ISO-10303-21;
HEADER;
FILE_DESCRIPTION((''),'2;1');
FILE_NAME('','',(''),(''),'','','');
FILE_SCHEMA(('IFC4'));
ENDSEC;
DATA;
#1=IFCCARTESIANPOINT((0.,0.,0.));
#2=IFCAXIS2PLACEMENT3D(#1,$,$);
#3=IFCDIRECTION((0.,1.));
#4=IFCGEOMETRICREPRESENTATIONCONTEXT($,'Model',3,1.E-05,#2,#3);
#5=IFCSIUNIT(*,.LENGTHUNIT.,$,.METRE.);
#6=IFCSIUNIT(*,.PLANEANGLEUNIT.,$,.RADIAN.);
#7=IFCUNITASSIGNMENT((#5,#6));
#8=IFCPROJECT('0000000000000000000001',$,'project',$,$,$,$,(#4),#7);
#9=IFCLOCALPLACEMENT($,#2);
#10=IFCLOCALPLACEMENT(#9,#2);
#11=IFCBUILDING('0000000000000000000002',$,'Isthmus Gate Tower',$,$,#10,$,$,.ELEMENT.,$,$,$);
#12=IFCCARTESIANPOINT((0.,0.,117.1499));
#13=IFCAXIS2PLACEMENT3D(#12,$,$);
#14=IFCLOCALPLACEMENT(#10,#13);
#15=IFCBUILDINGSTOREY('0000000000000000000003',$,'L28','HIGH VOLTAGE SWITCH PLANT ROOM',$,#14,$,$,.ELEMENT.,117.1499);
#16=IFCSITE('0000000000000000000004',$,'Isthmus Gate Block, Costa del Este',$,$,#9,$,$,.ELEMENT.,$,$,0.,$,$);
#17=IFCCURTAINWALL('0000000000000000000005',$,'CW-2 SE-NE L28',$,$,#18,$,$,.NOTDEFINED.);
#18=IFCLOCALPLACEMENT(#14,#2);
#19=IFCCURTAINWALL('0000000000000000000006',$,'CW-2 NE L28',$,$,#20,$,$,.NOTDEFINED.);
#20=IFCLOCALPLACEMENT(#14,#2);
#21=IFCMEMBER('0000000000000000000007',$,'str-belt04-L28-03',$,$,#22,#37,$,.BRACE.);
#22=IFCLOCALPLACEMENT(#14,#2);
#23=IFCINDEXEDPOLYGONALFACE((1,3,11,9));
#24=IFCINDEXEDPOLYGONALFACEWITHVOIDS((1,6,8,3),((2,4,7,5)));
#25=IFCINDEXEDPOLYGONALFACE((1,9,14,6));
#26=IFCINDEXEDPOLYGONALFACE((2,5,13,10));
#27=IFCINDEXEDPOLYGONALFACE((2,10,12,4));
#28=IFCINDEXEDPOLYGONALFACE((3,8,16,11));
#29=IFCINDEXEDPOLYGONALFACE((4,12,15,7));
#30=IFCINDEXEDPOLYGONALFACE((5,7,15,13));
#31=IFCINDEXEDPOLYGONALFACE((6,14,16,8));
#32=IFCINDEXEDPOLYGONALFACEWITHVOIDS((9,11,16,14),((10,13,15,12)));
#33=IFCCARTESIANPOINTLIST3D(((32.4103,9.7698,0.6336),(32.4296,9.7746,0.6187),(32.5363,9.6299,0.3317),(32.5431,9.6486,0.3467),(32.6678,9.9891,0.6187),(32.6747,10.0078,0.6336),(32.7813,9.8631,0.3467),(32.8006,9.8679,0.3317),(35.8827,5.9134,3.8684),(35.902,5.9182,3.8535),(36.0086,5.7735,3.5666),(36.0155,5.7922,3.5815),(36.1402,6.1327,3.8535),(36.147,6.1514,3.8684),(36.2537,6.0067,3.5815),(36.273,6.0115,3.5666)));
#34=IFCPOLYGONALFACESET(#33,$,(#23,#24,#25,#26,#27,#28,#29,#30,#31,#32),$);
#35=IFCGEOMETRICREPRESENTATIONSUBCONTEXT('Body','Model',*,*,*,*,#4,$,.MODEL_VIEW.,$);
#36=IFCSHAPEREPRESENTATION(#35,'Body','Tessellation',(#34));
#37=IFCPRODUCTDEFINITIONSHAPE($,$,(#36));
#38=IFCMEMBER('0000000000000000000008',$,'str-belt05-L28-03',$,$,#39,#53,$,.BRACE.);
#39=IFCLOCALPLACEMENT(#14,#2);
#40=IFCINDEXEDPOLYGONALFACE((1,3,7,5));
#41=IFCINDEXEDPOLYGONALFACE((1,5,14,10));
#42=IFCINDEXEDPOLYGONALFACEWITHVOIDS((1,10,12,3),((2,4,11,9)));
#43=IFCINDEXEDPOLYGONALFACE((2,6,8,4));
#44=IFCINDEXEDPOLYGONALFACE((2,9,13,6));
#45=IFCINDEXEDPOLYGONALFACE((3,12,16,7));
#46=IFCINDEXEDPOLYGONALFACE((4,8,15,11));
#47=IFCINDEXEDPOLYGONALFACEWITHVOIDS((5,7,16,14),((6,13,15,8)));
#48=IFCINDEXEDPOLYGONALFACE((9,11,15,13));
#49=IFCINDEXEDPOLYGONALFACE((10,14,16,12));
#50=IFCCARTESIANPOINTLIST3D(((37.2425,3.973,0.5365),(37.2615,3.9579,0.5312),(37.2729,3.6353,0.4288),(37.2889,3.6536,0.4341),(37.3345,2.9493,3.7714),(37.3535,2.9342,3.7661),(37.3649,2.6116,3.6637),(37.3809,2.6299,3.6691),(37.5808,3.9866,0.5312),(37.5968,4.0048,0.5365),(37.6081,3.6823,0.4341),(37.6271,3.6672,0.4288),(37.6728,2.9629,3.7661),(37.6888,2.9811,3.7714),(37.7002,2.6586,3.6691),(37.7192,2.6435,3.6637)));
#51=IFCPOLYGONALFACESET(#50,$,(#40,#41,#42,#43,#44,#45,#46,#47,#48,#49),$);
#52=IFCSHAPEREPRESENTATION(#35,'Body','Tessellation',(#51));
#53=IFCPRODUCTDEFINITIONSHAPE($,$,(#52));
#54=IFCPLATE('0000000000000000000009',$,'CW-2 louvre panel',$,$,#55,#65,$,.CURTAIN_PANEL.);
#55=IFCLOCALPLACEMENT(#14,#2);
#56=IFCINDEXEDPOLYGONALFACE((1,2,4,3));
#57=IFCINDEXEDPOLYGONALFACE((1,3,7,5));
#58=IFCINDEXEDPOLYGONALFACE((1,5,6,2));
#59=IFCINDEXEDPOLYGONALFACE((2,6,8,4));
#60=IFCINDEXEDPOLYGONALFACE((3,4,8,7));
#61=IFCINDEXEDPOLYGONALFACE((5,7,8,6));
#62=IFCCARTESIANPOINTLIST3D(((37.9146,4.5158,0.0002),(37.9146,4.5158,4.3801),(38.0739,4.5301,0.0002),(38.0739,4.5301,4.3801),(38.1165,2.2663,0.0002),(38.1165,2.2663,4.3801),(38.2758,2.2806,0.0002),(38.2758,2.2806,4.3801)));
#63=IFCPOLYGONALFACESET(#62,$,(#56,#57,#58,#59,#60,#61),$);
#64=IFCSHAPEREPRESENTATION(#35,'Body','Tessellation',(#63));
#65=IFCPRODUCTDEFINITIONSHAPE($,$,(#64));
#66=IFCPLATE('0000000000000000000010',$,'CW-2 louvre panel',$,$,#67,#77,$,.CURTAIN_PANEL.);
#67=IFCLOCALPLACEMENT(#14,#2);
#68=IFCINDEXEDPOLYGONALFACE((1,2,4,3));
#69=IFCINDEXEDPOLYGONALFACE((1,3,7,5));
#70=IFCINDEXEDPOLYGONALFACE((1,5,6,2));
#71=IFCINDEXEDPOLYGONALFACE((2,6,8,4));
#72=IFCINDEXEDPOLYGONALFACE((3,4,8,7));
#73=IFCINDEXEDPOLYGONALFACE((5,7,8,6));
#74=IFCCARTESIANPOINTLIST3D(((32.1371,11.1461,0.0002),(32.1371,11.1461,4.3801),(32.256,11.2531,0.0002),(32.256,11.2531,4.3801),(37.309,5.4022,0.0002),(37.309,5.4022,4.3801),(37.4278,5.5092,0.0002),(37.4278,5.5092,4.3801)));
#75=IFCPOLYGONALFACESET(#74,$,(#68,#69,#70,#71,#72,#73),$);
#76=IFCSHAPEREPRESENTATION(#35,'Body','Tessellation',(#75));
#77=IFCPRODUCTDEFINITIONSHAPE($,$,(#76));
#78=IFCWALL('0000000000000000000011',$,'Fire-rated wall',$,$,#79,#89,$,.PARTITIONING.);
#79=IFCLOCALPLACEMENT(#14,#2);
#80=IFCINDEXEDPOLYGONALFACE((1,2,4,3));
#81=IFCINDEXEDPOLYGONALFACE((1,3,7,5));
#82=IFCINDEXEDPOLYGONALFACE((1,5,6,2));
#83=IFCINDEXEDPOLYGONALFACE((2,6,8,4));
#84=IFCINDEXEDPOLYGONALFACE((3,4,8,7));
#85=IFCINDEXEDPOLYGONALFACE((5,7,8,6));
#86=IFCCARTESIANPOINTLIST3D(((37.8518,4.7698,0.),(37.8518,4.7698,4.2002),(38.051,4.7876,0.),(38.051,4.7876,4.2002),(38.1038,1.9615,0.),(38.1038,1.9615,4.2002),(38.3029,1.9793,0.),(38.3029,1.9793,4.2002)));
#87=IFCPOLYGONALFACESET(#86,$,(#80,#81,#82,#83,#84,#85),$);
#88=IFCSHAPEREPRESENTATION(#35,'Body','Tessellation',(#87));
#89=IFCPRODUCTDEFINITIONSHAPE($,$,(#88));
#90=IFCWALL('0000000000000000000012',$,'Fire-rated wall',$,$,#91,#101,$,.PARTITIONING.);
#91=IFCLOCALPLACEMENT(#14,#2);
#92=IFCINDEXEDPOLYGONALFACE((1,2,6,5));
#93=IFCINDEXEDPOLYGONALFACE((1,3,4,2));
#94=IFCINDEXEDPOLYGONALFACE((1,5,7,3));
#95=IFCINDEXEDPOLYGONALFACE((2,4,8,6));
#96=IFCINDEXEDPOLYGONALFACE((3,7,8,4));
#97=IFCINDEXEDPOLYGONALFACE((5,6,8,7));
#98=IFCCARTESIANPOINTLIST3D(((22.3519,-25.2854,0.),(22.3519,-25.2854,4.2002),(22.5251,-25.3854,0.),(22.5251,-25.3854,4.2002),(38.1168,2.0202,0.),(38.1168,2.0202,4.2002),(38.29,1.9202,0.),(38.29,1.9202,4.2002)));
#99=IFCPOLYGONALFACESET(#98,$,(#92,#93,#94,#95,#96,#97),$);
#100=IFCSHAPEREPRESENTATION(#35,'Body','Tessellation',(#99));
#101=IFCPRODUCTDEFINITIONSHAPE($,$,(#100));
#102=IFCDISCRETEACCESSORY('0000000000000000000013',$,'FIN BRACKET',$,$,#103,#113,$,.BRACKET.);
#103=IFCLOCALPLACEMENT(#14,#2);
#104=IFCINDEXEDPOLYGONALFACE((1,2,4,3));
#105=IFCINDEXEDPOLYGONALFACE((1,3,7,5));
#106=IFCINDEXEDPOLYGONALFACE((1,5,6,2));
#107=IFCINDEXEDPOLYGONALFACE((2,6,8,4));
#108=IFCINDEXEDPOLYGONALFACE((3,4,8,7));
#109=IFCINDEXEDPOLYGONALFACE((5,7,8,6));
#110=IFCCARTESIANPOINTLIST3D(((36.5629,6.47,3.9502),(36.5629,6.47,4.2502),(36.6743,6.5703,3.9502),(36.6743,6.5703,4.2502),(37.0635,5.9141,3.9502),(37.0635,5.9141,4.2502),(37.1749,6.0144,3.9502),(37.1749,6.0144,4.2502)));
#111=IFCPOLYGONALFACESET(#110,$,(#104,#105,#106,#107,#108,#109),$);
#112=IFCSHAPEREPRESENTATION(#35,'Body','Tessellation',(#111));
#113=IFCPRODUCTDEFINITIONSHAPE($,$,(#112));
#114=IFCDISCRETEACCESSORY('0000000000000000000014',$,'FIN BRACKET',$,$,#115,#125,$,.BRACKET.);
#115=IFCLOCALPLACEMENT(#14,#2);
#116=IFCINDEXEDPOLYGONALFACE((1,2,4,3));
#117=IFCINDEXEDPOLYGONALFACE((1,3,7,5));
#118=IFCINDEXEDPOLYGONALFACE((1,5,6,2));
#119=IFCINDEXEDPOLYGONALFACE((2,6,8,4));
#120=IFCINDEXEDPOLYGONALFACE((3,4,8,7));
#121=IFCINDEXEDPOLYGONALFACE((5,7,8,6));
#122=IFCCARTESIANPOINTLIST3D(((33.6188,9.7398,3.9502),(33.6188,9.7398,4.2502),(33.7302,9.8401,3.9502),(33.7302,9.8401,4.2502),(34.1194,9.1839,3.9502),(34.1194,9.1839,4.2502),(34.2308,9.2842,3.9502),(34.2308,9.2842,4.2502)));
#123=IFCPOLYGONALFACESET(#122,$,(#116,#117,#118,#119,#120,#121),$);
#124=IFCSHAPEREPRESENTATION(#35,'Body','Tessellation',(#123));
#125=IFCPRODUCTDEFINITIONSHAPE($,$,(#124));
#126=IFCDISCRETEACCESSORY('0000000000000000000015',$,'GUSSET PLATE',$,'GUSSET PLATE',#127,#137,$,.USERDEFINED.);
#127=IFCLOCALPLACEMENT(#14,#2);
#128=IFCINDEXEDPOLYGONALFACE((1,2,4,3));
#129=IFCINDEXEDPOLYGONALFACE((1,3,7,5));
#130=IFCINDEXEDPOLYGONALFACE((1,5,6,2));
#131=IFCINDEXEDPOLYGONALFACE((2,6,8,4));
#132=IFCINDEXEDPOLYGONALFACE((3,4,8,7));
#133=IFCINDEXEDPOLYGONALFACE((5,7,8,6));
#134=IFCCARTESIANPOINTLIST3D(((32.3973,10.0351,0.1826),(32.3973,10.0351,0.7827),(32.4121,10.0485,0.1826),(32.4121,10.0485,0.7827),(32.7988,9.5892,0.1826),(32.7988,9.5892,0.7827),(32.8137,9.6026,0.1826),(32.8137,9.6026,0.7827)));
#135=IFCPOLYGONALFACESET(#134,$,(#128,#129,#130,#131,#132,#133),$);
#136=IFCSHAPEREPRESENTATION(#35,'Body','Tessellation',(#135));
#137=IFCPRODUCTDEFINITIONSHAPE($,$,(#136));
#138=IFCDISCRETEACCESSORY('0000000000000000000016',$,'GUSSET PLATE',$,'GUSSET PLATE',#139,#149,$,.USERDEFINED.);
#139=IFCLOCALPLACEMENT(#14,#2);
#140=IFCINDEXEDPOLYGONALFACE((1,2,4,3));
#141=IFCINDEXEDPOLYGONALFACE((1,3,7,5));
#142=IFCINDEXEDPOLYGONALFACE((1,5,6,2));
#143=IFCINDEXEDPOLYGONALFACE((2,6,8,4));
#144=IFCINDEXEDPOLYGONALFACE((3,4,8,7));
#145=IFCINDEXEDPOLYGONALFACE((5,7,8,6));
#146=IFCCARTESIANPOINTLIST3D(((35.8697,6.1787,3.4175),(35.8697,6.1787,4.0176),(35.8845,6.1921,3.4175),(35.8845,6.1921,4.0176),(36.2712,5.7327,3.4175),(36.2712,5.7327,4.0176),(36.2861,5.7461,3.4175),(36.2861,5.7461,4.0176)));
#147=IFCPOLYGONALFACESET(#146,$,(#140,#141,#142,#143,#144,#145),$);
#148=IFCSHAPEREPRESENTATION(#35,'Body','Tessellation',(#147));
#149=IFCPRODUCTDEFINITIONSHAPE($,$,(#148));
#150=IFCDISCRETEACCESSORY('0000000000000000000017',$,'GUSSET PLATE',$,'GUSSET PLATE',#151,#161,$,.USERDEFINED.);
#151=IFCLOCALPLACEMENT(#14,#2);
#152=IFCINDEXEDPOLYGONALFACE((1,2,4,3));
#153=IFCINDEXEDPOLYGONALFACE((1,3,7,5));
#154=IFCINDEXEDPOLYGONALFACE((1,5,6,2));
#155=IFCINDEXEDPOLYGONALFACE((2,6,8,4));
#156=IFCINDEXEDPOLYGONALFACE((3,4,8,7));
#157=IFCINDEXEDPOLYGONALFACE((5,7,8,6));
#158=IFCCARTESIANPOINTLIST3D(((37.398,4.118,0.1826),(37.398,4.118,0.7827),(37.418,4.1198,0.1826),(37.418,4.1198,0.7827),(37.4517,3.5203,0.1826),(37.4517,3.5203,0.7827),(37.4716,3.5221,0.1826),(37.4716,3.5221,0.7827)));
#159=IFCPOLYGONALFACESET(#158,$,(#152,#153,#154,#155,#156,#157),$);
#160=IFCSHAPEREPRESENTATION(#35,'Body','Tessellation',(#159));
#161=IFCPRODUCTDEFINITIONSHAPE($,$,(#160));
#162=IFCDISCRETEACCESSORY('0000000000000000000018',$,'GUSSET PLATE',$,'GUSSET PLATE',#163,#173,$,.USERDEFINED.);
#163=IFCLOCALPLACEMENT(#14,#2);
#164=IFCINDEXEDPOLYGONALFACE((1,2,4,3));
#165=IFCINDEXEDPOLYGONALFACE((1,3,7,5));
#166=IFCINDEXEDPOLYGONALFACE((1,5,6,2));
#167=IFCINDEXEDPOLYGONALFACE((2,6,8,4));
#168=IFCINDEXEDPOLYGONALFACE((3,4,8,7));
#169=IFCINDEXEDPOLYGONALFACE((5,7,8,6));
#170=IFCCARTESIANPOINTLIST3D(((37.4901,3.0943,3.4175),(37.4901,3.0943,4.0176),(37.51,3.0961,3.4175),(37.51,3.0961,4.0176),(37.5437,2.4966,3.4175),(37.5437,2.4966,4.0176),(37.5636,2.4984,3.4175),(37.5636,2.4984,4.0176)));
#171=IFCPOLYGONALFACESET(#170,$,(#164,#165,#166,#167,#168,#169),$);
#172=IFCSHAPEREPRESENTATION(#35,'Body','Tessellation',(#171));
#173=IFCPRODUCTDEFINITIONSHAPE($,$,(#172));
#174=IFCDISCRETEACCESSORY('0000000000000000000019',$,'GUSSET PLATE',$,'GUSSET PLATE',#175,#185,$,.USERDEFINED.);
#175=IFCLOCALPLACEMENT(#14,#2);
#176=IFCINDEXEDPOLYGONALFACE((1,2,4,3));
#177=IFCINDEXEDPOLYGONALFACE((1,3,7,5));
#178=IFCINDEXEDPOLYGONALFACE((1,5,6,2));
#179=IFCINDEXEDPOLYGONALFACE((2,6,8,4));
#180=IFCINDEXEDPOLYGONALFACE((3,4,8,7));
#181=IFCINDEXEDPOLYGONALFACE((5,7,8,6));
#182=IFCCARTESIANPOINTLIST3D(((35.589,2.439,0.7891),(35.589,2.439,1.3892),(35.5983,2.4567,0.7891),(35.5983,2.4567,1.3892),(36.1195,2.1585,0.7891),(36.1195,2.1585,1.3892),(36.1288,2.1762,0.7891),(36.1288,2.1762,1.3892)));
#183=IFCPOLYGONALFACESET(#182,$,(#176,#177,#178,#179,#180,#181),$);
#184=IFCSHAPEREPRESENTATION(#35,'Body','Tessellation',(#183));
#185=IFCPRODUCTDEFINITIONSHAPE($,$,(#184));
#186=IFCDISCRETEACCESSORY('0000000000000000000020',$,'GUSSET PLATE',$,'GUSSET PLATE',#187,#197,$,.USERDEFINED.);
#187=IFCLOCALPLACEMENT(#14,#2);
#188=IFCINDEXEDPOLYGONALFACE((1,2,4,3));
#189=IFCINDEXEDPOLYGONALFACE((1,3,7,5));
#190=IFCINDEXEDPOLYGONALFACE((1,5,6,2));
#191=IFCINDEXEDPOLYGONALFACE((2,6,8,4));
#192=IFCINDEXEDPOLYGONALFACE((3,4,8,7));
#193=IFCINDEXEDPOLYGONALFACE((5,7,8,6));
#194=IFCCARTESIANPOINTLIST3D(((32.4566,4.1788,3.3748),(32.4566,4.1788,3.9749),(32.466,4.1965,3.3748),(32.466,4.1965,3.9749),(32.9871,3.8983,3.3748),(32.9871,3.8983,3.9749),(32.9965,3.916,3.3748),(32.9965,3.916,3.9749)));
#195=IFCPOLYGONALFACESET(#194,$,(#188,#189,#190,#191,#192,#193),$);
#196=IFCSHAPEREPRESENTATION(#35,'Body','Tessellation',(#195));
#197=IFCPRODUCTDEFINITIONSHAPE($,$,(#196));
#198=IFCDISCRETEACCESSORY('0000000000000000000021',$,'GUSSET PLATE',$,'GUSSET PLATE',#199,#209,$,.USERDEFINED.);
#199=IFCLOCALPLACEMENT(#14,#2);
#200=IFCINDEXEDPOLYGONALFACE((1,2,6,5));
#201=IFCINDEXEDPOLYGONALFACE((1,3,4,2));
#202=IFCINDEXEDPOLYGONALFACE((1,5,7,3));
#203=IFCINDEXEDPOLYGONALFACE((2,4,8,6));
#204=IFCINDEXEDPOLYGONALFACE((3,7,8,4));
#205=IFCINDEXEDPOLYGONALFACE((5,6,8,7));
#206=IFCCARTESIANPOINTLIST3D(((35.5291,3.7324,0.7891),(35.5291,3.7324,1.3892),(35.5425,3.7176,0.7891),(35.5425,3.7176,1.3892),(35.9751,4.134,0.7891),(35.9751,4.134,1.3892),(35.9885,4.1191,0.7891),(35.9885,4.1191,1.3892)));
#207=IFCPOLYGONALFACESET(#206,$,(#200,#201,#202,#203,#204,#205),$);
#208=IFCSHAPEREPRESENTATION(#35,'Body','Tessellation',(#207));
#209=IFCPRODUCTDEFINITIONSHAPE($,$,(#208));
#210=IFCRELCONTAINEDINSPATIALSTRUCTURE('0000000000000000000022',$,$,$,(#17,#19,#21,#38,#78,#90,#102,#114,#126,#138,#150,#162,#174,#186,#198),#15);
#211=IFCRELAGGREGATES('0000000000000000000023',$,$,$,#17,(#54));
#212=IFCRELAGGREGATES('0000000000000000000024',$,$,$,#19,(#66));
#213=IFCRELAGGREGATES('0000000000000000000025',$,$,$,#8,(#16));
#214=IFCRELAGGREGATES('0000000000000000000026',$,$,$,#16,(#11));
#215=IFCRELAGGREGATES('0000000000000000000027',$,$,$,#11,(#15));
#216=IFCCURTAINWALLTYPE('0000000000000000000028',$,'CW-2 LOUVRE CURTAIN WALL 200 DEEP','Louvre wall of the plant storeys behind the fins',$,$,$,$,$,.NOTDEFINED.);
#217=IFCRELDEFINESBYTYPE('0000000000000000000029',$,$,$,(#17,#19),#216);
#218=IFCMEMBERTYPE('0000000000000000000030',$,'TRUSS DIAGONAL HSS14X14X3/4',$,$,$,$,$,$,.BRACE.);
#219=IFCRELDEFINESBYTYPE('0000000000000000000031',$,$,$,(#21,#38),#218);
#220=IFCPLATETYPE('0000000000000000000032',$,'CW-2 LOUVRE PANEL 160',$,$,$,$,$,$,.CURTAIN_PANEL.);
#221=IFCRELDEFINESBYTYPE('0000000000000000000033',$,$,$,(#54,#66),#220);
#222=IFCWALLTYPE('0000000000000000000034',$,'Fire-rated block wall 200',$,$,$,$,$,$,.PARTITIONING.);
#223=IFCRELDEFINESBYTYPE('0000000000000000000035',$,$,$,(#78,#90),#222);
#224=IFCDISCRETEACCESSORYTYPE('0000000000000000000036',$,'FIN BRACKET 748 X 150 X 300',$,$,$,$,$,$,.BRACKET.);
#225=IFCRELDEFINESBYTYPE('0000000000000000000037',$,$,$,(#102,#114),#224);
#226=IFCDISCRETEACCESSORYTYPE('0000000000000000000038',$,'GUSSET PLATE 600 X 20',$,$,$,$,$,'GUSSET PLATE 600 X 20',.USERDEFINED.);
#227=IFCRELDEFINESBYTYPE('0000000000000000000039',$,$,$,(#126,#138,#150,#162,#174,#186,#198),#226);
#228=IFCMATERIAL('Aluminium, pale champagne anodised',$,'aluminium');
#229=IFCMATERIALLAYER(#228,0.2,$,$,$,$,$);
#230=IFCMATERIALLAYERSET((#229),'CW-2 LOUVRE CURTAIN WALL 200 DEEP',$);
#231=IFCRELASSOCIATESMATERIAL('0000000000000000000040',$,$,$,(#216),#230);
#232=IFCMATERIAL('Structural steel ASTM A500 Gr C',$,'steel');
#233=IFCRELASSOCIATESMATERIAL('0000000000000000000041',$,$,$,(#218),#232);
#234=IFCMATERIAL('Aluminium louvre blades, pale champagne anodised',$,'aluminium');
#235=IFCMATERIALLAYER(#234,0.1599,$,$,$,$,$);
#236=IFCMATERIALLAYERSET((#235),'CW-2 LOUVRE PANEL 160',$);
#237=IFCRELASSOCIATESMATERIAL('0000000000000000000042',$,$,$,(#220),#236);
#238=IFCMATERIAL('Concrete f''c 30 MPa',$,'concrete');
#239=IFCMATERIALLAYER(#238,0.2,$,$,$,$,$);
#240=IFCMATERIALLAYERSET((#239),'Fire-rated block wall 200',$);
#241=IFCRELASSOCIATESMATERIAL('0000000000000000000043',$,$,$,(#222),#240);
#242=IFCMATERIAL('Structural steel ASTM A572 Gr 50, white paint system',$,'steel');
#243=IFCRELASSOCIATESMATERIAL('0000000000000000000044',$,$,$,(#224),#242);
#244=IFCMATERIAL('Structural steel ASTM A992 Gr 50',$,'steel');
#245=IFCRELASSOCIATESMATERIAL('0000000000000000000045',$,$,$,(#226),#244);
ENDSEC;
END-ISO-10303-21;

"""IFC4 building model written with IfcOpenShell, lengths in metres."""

from ifc_helpers import new_model, si_unit, direction, frame, frame_2d, origin, origin_2d, place, context, subcontext, project, spatial, rectangle, hollow_rectangle, extrude, material, layer, layer_set, material_profile, profile_set, type_object, element, aggregate, save


model = new_model("IFC4")

# Units and contexts
model_context = context("Model", 3, precision=1e-05, world=origin(), true_north=direction((0.0, 1.0)))
body_context = subcontext(model_context, "Body", "Model", "MODEL_VIEW")
ifc_project = project(units=[si_unit("LENGTHUNIT", "METRE"), si_unit("PLANEANGLEUNIT", "RADIAN")], contexts=[model_context])

# Site, building, storey
site_placement = place(None, origin())
site = spatial("IfcSite", under=ifc_project, at=site_placement, Name="Isthmus Gate Block, Costa del Este", CompositionType="ELEMENT", RefElevation=0.0)
building_placement = place(site_placement, origin())
building = spatial("IfcBuilding", under=site, at=building_placement, Name="Isthmus Gate Tower", CompositionType="ELEMENT")
storey_placement = place(building_placement, frame((0.0, 0.0, 117.1499)))
storey = spatial("IfcBuildingStorey", under=building, at=storey_placement, Name="L28", Description="HIGH VOLTAGE SWITCH PLANT ROOM", CompositionType="ELEMENT", Elevation=117.1499)

# Curtain walls
ifc_material_1 = material(Name="Aluminium, pale champagne anodised", Category="aluminium")
ifc_layer_1 = layer(ifc_material_1, 0.2)
ifc_layer_set_1 = layer_set([ifc_layer_1], Name="CW-2 LOUVRE CURTAIN WALL 200 DEEP")
curtain_wall_type = type_object("IfcCurtainWallType", Name="CW-2 LOUVRE CURTAIN WALL 200 DEEP", Description="Louvre wall of the plant storeys behind the fins", PredefinedType="NOTDEFINED", material=ifc_layer_set_1)
curtain_wall_1_placement = place(storey_placement, origin())
curtain_wall_1 = element("IfcCurtainWall", 1, at=curtain_wall_1_placement, inside=storey, type_object=curtain_wall_type, Name="CW-2 SE-NE L28", PredefinedType="NOTDEFINED")
curtain_wall_2_placement = place(storey_placement, origin())
curtain_wall_2 = element("IfcCurtainWall", 2, at=curtain_wall_2_placement, inside=storey, type_object=curtain_wall_type, Name="CW-2 NE L28", PredefinedType="NOTDEFINED")

# Members
ifc_material_2 = material(Name="Structural steel ASTM A500 Gr C", Category="steel")
ifc_material_profile_1 = material_profile(ifc_material_2, hollow_rectangle(XDim=0.3557, YDim=0.3557, WallThickness=0.0176, at=origin_2d()), Name="HSS14X14X3/4")
ifc_profile_set_1 = profile_set([ifc_material_profile_1], Name="Structural steel ASTM A500 Gr C")
member_type_1 = type_object("IfcMemberType", Name="TRUSS DIAGONAL HSS14X14X3/4", PredefinedType="BRACE", material=ifc_profile_set_1)
member_1_placement = place(storey_placement, frame((32.6055, 9.8188, 0.4827), z_axis=(0.567844, -0.630646, 0.528998), x_axis=(0.74314, 0.669136, 0.0)))
element("IfcMember", 3, at=member_1_placement, inside=storey, type_object=member_type_1, Name="str-belt04-L28-03", PredefinedType="BRACE", context=body_context, shape_type="SweptSolid", body=[
    extrude(hollow_rectangle(XDim=0.3557, YDim=0.3557, WallThickness=0.0176, at=origin_2d()), origin(), (0.0, 0.0, 1.0), 6.115),
])
member_2_placement = place(storey_placement, frame((37.4348, 3.8201, 0.4827), z_axis=(0.027117, -0.301595, 0.95305), x_axis=(0.995982, 0.089551, 0.0)))
element("IfcMember", 4, at=member_2_placement, inside=storey, type_object=member_type_1, Name="str-belt05-L28-03", PredefinedType="BRACE", context=body_context, shape_type="SweptSolid", body=[
    extrude(hollow_rectangle(XDim=0.3557, YDim=0.3557, WallThickness=0.0176, at=origin_2d()), origin(), (0.0, 0.0, 1.0), 3.3943),
])

# Plates
ifc_material_3 = material(Name="Aluminium louvre blades, pale champagne anodised", Category="aluminium")
ifc_layer_2 = layer(ifc_material_3, 0.1599)
ifc_layer_set_2 = layer_set([ifc_layer_2], Name="CW-2 LOUVRE PANEL 160")
plate_type = type_object("IfcPlateType", Name="CW-2 LOUVRE PANEL 160", PredefinedType="CURTAIN_PANEL", material=ifc_layer_set_2)
plate_1_placement = place(storey_placement, frame((38.0952, 3.3982, 0.0002), z_axis=(0.0, 0.0, 1.0), x_axis=(-0.089397, 0.995996, 0.0)))
plate_1 = element("IfcPlate", 5, at=plate_1_placement, type_object=plate_type, Name="CW-2 louvre panel", PredefinedType="CURTAIN_PANEL", context=body_context, shape_type="SweptSolid", body=[
    extrude(rectangle(XDim=2.2585, YDim=0.1599, at=origin_2d()), origin(), (0.0, 0.0, 1.0), 4.3799),
])
aggregate(curtain_wall_1, [plate_1])
plate_2_placement = place(storey_placement, frame((34.7825, 8.3276, 0.0002), z_axis=(0.0, 0.0, 1.0), x_axis=(-0.669131, 0.743145, 0.0)))
plate_2 = element("IfcPlate", 6, at=plate_2_placement, type_object=plate_type, Name="CW-2 louvre panel", PredefinedType="CURTAIN_PANEL", context=body_context, shape_type="SweptSolid", body=[
    extrude(rectangle(XDim=7.7292, YDim=0.1599, at=origin_2d()), origin(), (0.0, 0.0, 1.0), 4.3799),
])
aggregate(curtain_wall_2, [plate_2])

# Walls
ifc_material_4 = material(Name="Concrete f'c 30 MPa", Category="concrete")
ifc_layer_3 = layer(ifc_material_4, 0.2)
ifc_layer_set_3 = layer_set([ifc_layer_3], Name="Fire-rated block wall 200")
wall_type = type_object("IfcWallType", Name="Fire-rated block wall 200", PredefinedType="PARTITIONING", material=ifc_layer_set_3)
wall_1_placement = place(storey_placement, frame((37.9514, 4.7786, 0.0), z_axis=(0.0, 0.0, 1.0), x_axis=(0.089357, -0.996, 0.0)))
element("IfcWall", 7, at=wall_1_placement, inside=storey, type_object=wall_type, Name="Fire-rated wall", PredefinedType="PARTITIONING", context=body_context, shape_type="SweptSolid", body=[
    extrude(rectangle(XDim=2.8196, YDim=0.2, at=frame_2d((1.4097, 0.0))), origin(), (0.0, 0.0, 1.0), 4.2002),
])
wall_2_placement = place(storey_placement, frame((38.2034, 1.9702, 0.0), z_axis=(0.0, 0.0, 1.0), x_axis=(-0.499999, -0.866026, 0.0)))
element("IfcWall", 8, at=wall_2_placement, inside=storey, type_object=wall_type, Name="Fire-rated wall", PredefinedType="PARTITIONING", context=body_context, shape_type="SweptSolid", body=[
    extrude(rectangle(XDim=31.5298, YDim=0.2, at=frame_2d((15.7649, 0.0))), origin(), (0.0, 0.0, 1.0), 4.2002),
])

# Discrete accessories
ifc_material_5 = material(Name="Structural steel ASTM A572 Gr 50, white paint system", Category="steel")
discrete_accessory_type_1 = type_object("IfcDiscreteAccessoryType", Name="FIN BRACKET 748 X 150 X 300", PredefinedType="BRACKET", material=ifc_material_5)
for number, where, z_axis, x_axis, name in (
    (9, (36.8689, 6.2422, 3.9502), (0.0, 0.0, 1.0), (0.743145, 0.669131, 0.0), "FIN BRACKET"),
    (10, (33.9248, 9.512, 3.9502), (0.0, 0.0, 1.0), (0.743145, 0.669131, 0.0), "FIN BRACKET"),
):
    element("IfcDiscreteAccessory", number, at=place(storey_placement, frame(where, z_axis=z_axis, x_axis=x_axis)), inside=storey, type_object=discrete_accessory_type_1, Name=name, PredefinedType="BRACKET", context=body_context, shape_type="SweptSolid", body=[
        extrude(rectangle(XDim=0.1499, YDim=0.748, at=origin_2d()), origin(), (0.0, 0.0, 1.0), 0.3),
    ])
ifc_material_6 = material(Name="Structural steel ASTM A992 Gr 50", Category="steel")
discrete_accessory_type_2 = type_object("IfcDiscreteAccessoryType", Name="GUSSET PLATE 600 X 20", ElementType="GUSSET PLATE 600 X 20", PredefinedType="USERDEFINED", material=ifc_material_6)
for number, where, z_axis, x_axis, name in (
    (11, (32.6055, 9.8188, 0.1826), (0.0, 0.0, 1.0), (0.669131, -0.743145, 0.0), "GUSSET PLATE"),
    (12, (36.0779, 5.9624, 3.4175), (0.0, 0.0, 1.0), (0.669131, -0.743145, 0.0), "GUSSET PLATE"),
    (13, (37.4348, 3.8201, 0.1826), (0.0, 0.0, 1.0), (0.089397, -0.995996, 0.0), "GUSSET PLATE"),
    (14, (37.5269, 2.7964, 3.4175), (0.0, 0.0, 1.0), (0.089397, -0.995996, 0.0), "GUSSET PLATE"),
    (15, (35.8589, 2.3076, 0.7891), (0.0, 0.0, 1.0), (-0.884013, 0.467462, 0.0), "GUSSET PLATE"),
    (16, (32.7266, 4.0474, 3.3748), (0.0, 0.0, 1.0), (-0.884013, 0.467462, 0.0), "GUSSET PLATE"),
    (17, (35.7588, 3.9258, 0.7891), (0.0, 0.0, 1.0), (-0.743145, -0.669131, 0.0), "GUSSET PLATE"),
):
    element("IfcDiscreteAccessory", number, at=place(storey_placement, frame(where, z_axis=z_axis, x_axis=x_axis)), inside=storey, type_object=discrete_accessory_type_2, Name=name, ObjectType="GUSSET PLATE", PredefinedType="USERDEFINED", context=body_context, shape_type="SweptSolid", body=[
        extrude(rectangle(XDim=0.6001, YDim=0.02, at=origin_2d()), origin(), (0.0, 0.0, 1.0), 0.6001),
    ])

save(model, "model.ifc")
